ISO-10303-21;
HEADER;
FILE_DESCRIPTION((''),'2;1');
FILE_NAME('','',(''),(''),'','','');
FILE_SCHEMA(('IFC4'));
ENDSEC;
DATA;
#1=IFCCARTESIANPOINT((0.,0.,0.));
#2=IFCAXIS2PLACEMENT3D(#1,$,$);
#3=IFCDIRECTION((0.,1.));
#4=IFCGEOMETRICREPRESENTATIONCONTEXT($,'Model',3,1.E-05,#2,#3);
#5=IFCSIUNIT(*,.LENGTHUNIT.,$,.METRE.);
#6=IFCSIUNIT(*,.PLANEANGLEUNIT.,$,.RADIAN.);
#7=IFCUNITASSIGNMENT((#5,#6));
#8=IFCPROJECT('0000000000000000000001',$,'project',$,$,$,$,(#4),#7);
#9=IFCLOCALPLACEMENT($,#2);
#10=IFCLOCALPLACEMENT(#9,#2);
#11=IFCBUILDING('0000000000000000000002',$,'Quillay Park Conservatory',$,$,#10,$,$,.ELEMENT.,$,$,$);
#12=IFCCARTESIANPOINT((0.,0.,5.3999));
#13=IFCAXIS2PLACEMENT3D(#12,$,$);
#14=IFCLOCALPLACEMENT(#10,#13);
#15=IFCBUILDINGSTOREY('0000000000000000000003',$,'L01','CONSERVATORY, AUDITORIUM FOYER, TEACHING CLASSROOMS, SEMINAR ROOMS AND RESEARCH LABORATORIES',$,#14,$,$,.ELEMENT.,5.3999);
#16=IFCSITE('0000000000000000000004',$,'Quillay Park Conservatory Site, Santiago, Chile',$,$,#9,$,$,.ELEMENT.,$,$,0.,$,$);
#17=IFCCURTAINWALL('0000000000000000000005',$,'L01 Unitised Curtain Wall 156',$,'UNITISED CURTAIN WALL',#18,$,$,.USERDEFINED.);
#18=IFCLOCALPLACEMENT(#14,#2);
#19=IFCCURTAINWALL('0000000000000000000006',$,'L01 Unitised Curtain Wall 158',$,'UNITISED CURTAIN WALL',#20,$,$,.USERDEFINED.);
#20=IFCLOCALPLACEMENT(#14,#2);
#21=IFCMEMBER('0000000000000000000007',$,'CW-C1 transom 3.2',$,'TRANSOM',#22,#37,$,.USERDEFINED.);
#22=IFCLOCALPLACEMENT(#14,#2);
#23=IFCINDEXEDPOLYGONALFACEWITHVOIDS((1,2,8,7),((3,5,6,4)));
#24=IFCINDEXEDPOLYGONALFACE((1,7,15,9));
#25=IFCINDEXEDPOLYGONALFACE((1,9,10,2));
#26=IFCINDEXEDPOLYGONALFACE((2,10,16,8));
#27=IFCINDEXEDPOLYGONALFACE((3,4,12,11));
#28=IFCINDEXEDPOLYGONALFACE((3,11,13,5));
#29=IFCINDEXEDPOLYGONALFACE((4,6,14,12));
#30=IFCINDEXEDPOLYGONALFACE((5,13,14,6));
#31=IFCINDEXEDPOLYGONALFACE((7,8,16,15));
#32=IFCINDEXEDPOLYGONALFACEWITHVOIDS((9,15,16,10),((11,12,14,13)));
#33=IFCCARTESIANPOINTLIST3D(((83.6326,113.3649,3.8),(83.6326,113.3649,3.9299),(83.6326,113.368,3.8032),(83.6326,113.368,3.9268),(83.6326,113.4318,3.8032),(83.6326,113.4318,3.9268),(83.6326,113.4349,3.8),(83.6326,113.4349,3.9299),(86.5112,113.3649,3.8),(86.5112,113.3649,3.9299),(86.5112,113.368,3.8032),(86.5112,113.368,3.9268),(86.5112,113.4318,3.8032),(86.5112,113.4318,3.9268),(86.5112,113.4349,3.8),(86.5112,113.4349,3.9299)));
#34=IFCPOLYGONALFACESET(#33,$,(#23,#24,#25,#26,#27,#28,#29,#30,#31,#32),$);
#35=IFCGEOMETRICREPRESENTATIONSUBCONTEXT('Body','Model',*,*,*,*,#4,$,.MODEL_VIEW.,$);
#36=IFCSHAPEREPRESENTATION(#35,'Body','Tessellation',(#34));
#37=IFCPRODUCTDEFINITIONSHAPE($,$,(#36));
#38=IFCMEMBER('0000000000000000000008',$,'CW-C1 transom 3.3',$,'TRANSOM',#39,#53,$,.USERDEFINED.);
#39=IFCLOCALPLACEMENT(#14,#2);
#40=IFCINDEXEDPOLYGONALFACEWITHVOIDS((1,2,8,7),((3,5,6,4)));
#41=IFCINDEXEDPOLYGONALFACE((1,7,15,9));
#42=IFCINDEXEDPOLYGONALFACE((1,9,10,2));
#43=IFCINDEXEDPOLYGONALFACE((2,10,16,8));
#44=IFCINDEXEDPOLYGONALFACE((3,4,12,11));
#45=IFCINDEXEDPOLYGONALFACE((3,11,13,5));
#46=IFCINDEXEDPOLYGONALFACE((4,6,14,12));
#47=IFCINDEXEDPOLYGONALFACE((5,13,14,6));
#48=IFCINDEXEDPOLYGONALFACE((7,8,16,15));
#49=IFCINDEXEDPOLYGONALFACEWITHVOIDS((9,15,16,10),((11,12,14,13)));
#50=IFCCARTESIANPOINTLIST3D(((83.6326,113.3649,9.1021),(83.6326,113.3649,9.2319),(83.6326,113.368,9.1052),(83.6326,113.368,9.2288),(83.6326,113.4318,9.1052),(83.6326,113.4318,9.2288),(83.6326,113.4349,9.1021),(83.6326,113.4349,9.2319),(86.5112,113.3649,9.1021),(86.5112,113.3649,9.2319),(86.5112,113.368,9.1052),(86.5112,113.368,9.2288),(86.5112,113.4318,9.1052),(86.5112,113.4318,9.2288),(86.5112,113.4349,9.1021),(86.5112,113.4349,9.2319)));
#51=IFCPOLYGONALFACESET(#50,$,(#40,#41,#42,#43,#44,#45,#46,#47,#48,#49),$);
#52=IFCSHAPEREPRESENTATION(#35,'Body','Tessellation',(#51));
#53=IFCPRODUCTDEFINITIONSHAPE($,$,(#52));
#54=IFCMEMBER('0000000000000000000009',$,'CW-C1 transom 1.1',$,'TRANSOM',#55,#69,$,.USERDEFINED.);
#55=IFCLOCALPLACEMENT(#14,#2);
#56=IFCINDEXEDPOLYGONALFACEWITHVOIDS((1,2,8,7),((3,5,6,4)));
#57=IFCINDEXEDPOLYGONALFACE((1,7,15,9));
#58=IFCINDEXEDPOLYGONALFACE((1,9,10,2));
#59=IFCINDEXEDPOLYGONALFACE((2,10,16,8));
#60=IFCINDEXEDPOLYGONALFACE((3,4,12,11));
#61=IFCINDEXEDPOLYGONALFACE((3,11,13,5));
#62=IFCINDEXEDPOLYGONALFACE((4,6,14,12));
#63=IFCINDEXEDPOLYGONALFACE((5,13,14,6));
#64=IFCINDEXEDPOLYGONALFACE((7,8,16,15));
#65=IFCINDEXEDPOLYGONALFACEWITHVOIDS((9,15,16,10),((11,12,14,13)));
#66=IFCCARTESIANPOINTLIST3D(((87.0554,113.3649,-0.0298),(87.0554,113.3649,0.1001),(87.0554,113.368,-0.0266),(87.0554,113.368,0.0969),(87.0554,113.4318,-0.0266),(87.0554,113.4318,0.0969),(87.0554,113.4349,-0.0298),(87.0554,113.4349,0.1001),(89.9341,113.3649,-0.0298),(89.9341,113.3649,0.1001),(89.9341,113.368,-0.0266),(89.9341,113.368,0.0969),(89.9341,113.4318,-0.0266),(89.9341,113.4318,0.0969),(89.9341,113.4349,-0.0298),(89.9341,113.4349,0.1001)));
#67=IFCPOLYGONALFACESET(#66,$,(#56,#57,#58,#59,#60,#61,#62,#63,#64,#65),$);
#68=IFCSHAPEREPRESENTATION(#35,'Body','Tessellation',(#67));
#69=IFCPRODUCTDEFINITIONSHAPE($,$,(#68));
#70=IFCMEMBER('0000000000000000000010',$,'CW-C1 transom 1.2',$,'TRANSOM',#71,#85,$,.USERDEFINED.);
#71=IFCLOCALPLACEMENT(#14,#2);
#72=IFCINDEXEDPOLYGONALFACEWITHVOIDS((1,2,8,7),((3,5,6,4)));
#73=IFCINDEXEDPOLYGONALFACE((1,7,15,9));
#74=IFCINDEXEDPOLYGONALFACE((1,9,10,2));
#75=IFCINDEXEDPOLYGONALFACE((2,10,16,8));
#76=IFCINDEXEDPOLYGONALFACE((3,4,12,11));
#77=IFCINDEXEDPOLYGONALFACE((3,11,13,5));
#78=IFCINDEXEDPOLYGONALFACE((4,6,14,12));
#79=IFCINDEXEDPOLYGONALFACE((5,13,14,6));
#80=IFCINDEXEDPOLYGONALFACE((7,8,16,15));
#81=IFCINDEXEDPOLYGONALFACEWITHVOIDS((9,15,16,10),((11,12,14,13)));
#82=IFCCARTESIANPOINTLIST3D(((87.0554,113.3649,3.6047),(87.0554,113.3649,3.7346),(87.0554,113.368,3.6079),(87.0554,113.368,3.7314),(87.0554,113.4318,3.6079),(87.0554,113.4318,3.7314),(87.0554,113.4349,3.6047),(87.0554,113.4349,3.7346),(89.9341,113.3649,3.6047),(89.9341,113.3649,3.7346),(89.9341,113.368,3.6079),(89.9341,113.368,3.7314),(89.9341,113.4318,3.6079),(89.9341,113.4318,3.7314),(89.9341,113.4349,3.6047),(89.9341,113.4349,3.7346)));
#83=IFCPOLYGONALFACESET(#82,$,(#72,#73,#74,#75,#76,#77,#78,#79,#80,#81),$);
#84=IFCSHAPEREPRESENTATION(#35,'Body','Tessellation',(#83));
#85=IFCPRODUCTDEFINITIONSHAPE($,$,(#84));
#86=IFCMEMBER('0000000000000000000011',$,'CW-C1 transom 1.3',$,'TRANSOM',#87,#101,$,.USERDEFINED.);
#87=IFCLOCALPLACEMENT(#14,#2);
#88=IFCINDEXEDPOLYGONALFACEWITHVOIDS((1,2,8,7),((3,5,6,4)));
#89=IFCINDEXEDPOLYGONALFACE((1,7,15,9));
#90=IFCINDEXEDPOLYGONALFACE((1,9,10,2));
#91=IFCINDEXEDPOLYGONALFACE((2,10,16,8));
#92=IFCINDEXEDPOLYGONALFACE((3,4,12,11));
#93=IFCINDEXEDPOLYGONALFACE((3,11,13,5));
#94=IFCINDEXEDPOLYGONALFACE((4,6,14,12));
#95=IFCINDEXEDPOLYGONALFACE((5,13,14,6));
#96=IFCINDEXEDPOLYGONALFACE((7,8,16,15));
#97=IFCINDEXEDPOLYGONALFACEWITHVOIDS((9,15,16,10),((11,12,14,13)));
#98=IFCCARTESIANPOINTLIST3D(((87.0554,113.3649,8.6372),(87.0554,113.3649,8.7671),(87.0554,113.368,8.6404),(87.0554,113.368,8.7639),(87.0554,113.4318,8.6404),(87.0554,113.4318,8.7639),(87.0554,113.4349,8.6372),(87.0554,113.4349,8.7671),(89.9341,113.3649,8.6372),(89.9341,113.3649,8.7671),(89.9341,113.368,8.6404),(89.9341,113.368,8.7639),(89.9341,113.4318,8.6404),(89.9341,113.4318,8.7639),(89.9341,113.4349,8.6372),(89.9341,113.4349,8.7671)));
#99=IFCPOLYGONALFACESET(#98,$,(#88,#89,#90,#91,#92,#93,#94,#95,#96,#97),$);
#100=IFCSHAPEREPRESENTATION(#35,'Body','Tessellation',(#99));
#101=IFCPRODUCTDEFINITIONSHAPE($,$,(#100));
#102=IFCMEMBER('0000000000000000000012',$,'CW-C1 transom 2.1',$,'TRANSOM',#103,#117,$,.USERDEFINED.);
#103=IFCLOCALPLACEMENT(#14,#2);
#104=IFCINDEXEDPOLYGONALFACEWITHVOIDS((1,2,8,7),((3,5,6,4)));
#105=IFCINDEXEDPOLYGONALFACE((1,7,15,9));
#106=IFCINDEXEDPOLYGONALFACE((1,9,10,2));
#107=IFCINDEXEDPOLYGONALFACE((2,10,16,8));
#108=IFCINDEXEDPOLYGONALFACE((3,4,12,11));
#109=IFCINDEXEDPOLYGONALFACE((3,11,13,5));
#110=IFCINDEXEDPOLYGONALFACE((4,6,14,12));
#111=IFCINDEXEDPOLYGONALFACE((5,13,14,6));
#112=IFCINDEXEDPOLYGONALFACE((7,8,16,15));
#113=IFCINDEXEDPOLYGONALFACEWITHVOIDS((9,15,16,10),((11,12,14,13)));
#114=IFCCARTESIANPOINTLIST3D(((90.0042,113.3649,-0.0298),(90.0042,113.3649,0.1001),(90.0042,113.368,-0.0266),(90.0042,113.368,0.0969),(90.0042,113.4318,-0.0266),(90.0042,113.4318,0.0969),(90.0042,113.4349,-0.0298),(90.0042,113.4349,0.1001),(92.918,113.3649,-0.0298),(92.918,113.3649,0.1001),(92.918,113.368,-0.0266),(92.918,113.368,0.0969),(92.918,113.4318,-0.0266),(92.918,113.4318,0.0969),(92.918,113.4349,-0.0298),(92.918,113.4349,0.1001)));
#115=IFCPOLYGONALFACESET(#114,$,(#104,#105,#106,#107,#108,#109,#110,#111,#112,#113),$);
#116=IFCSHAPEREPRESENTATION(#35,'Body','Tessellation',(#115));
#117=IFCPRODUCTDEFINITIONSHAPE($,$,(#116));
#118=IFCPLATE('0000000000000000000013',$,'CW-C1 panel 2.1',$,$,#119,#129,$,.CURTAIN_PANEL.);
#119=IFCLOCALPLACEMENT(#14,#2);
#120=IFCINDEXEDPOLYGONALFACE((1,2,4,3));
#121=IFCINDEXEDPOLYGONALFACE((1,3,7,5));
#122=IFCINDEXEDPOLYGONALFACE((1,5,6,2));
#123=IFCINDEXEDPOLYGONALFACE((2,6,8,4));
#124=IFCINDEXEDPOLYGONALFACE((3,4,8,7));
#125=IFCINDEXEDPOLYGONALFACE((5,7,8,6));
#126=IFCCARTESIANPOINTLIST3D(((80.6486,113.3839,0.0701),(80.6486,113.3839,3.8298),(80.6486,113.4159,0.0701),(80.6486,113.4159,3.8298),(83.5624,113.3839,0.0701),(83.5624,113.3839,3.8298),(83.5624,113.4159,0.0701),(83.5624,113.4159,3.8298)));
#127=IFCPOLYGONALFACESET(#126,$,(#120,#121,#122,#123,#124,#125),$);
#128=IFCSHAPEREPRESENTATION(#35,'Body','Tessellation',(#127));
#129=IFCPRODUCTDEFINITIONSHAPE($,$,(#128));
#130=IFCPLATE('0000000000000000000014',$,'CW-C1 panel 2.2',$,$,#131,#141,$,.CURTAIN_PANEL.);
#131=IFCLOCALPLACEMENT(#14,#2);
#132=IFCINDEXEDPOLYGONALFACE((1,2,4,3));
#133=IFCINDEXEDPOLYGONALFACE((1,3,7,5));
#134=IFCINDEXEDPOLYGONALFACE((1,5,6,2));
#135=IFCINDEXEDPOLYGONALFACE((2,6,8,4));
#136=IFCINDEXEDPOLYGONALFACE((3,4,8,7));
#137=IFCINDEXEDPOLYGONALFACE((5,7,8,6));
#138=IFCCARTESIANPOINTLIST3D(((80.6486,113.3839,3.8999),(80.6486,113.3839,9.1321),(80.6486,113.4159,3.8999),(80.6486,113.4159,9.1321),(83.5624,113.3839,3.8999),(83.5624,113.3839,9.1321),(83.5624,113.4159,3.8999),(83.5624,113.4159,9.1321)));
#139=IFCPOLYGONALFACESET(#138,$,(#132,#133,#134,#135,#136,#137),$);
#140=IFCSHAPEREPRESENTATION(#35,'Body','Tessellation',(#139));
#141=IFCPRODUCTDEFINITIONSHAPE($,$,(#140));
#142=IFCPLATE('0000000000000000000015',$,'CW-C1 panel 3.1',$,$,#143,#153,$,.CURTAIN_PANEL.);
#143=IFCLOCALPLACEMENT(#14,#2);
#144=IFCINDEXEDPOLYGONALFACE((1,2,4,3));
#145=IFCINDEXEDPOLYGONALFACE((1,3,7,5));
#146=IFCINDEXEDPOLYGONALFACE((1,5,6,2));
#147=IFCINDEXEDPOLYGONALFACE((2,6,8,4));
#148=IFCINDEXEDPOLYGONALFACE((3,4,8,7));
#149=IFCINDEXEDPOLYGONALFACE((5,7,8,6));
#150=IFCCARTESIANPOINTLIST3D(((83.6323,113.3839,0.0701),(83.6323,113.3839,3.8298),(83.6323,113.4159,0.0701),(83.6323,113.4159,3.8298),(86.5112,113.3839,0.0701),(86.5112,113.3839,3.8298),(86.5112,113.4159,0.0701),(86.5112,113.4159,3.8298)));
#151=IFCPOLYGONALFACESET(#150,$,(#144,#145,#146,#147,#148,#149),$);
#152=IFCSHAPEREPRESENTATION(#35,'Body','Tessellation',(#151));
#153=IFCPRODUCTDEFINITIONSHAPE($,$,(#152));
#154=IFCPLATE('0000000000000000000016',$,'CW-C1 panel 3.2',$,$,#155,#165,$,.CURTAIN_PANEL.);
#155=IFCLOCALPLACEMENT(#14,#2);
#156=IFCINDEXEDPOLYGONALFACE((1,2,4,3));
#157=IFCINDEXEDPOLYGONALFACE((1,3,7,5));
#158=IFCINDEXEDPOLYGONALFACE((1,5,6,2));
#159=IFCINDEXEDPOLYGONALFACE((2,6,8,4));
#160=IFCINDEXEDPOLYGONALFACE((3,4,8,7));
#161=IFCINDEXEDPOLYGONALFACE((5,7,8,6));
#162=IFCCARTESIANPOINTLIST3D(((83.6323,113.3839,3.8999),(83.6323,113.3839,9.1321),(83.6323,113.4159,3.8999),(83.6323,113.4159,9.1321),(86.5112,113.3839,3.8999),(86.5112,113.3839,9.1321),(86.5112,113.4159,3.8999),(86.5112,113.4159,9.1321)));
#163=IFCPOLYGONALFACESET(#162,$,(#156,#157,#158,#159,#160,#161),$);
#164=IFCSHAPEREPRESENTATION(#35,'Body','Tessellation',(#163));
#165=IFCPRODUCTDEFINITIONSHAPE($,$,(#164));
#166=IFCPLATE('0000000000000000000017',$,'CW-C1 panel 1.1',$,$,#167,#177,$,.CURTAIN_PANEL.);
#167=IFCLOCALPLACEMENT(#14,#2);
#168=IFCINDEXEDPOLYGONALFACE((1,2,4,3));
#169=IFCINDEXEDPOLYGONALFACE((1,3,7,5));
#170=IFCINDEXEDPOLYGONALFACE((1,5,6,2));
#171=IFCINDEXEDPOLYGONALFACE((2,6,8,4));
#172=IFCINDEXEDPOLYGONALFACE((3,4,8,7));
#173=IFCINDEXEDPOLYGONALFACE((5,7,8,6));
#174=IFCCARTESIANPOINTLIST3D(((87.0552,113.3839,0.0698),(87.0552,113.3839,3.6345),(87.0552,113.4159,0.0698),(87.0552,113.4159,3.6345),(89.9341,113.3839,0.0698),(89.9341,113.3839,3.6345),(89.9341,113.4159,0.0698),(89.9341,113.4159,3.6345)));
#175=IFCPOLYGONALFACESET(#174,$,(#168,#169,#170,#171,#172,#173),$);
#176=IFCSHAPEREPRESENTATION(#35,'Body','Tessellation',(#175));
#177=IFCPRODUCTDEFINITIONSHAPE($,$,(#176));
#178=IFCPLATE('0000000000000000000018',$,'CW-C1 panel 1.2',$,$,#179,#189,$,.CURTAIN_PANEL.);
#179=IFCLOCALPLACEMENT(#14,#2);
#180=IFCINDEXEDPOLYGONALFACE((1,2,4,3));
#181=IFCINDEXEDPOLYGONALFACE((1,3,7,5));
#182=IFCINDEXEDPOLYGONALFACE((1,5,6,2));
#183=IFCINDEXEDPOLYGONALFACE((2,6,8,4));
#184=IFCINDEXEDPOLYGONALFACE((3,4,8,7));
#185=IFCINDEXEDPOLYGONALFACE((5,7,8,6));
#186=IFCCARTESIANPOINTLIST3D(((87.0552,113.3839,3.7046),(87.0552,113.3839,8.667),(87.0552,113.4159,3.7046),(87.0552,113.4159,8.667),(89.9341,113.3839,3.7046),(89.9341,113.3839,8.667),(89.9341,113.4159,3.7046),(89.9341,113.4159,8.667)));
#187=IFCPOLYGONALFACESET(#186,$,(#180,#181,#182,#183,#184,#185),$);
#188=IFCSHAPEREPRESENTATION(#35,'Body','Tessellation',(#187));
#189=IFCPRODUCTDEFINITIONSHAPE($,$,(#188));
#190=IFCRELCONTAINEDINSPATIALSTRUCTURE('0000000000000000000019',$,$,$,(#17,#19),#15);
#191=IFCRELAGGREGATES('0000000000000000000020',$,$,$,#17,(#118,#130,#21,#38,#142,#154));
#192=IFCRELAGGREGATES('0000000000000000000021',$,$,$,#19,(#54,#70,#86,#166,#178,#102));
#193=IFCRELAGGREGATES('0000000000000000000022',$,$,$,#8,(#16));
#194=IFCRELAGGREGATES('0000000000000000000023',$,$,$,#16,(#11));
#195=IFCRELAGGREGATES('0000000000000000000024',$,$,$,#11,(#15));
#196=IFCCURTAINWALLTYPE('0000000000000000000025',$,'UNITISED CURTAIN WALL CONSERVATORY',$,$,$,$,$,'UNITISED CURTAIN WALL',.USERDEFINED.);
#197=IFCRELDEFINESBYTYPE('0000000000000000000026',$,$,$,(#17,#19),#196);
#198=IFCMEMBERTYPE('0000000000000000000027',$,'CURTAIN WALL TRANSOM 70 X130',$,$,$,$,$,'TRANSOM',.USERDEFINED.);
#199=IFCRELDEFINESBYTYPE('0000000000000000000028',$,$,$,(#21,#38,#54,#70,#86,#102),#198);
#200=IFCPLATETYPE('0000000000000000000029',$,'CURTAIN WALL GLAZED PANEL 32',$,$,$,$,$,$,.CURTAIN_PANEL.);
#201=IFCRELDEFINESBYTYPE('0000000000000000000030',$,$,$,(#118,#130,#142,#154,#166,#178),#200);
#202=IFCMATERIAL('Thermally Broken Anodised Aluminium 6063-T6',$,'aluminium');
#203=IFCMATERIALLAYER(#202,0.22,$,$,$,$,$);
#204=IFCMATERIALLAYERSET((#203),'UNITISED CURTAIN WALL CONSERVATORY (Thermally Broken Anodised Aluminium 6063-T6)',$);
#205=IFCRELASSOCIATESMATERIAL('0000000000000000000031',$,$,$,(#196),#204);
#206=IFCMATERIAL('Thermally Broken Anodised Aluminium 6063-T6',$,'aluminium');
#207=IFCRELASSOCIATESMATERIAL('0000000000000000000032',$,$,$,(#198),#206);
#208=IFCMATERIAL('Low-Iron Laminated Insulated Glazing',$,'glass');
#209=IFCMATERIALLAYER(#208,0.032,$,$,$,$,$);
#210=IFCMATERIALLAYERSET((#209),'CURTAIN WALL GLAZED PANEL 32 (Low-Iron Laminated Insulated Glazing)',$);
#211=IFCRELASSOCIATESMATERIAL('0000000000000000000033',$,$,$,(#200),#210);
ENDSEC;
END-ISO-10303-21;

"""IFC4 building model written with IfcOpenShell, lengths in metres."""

from ifc_helpers import new_model, si_unit, direction, frame, origin, origin_2d, place, context, subcontext, project, spatial, rectangle, hollow_rectangle, extrude, material, layer, layer_set, material_profile, profile_set, type_object, element, aggregate, save


model = new_model("IFC4")

# Units and contexts
model_context = context("Model", 3, precision=1e-05, world=origin(), true_north=direction((0.0, 1.0)))
body_context = subcontext(model_context, "Body", "Model", "MODEL_VIEW")
ifc_project = project(units=[si_unit("LENGTHUNIT", "METRE"), si_unit("PLANEANGLEUNIT", "RADIAN")], contexts=[model_context])

# Site, building, storey
site_placement = place(None, origin())
site = spatial("IfcSite", under=ifc_project, at=site_placement, Name="Quillay Park Conservatory Site, Santiago, Chile", CompositionType="ELEMENT", RefElevation=0.0)
building_placement = place(site_placement, origin())
building = spatial("IfcBuilding", under=site, at=building_placement, Name="Quillay Park Conservatory", CompositionType="ELEMENT")
storey_placement = place(building_placement, frame((0.0, 0.0, 5.3999)))
storey = spatial("IfcBuildingStorey", under=building, at=storey_placement, Name="L01", Description="CONSERVATORY, AUDITORIUM FOYER, TEACHING CLASSROOMS, SEMINAR ROOMS AND RESEARCH LABORATORIES", CompositionType="ELEMENT", Elevation=5.3999)

# Curtain walls
ifc_material_1 = material(Name="Thermally Broken Anodised Aluminium 6063-T6", Category="aluminium")
ifc_layer_1 = layer(ifc_material_1, 0.22)
ifc_layer_set_1 = layer_set([ifc_layer_1], Name="UNITISED CURTAIN WALL CONSERVATORY (Thermally Broken Anodised Aluminium 6063-T6)")
curtain_wall_type = type_object("IfcCurtainWallType", Name="UNITISED CURTAIN WALL CONSERVATORY", ElementType="UNITISED CURTAIN WALL", PredefinedType="USERDEFINED", material=ifc_layer_set_1)
curtain_wall_1_placement = place(storey_placement, origin())
curtain_wall_1 = element("IfcCurtainWall", 1, at=curtain_wall_1_placement, inside=storey, type_object=curtain_wall_type, Name="L01 Unitised Curtain Wall 156", ObjectType="UNITISED CURTAIN WALL", PredefinedType="USERDEFINED")
curtain_wall_2_placement = place(storey_placement, origin())
curtain_wall_2 = element("IfcCurtainWall", 2, at=curtain_wall_2_placement, inside=storey, type_object=curtain_wall_type, Name="L01 Unitised Curtain Wall 158", ObjectType="UNITISED CURTAIN WALL", PredefinedType="USERDEFINED")

# Members
ifc_material_2 = material(Name="Thermally Broken Anodised Aluminium 6063-T6", Category="aluminium")
ifc_material_profile_1 = material_profile(ifc_material_2, hollow_rectangle(XDim=0.0701, YDim=0.1299, WallThickness=0.0032, at=origin_2d()), Name="AL70x130x3.2")
ifc_profile_set_1 = profile_set([ifc_material_profile_1], Name="Thermally Broken Anodised Aluminium 6063-T6")
member_type_1 = type_object("IfcMemberType", Name="CURTAIN WALL TRANSOM 70 X130", ElementType="TRANSOM", PredefinedType="USERDEFINED", material=ifc_profile_set_1)
member_1_placement = place(storey_placement, frame((83.6326, 113.3999, 3.865), z_axis=(1.0, 0.0, 0.0), x_axis=(0.0, 1.0, 0.0)))
member_1 = element("IfcMember", 3, at=member_1_placement, type_object=member_type_1, Name="CW-C1 transom 3.2", ObjectType="TRANSOM", PredefinedType="USERDEFINED", context=body_context, shape_type="SweptSolid", body=[
    extrude(hollow_rectangle(XDim=0.0701, YDim=0.1299, WallThickness=0.0032, at=origin_2d()), origin(), (0.0, 0.0, 1.0), 2.8787),
])
member_2_placement = place(storey_placement, frame((83.6326, 113.3999, 9.167), z_axis=(1.0, 0.0, 0.0), x_axis=(0.0, 1.0, 0.0)))
member_2 = element("IfcMember", 4, at=member_2_placement, type_object=member_type_1, Name="CW-C1 transom 3.3", ObjectType="TRANSOM", PredefinedType="USERDEFINED", context=body_context, shape_type="SweptSolid", body=[
    extrude(hollow_rectangle(XDim=0.0701, YDim=0.1299, WallThickness=0.0032, at=origin_2d()), origin(), (0.0, 0.0, 1.0), 2.8787),
])
member_3_placement = place(storey_placement, frame((87.0554, 113.3999, 0.0352), z_axis=(1.0, 0.0, 0.0), x_axis=(0.0, 1.0, 0.0)))
member_3 = element("IfcMember", 5, at=member_3_placement, type_object=member_type_1, Name="CW-C1 transom 1.1", ObjectType="TRANSOM", PredefinedType="USERDEFINED", context=body_context, shape_type="SweptSolid", body=[
    extrude(hollow_rectangle(XDim=0.0701, YDim=0.1299, WallThickness=0.0032, at=origin_2d()), origin(), (0.0, 0.0, 1.0), 2.8787),
])
member_4_placement = place(storey_placement, frame((87.0554, 113.3999, 3.6697), z_axis=(1.0, 0.0, 0.0), x_axis=(0.0, 1.0, 0.0)))
member_4 = element("IfcMember", 6, at=member_4_placement, type_object=member_type_1, Name="CW-C1 transom 1.2", ObjectType="TRANSOM", PredefinedType="USERDEFINED", context=body_context, shape_type="SweptSolid", body=[
    extrude(hollow_rectangle(XDim=0.0701, YDim=0.1299, WallThickness=0.0032, at=origin_2d()), origin(), (0.0, 0.0, 1.0), 2.8787),
])
member_5_placement = place(storey_placement, frame((87.0554, 113.3999, 8.7021), z_axis=(1.0, 0.0, 0.0), x_axis=(0.0, 1.0, 0.0)))
member_5 = element("IfcMember", 7, at=member_5_placement, type_object=member_type_1, Name="CW-C1 transom 1.3", ObjectType="TRANSOM", PredefinedType="USERDEFINED", context=body_context, shape_type="SweptSolid", body=[
    extrude(hollow_rectangle(XDim=0.0701, YDim=0.1299, WallThickness=0.0032, at=origin_2d()), origin(), (0.0, 0.0, 1.0), 2.8787),
])
member_6_placement = place(storey_placement, frame((90.0042, 113.3999, 0.0352), z_axis=(1.0, 0.0, 0.0), x_axis=(0.0, 1.0, 0.0)))
member_6 = element("IfcMember", 8, at=member_6_placement, type_object=member_type_1, Name="CW-C1 transom 2.1", ObjectType="TRANSOM", PredefinedType="USERDEFINED", context=body_context, shape_type="SweptSolid", body=[
    extrude(hollow_rectangle(XDim=0.0701, YDim=0.1299, WallThickness=0.0032, at=origin_2d()), origin(), (0.0, 0.0, 1.0), 2.9138),
])

# Plates
ifc_material_3 = material(Name="Low-Iron Laminated Insulated Glazing", Category="glass")
ifc_layer_2 = layer(ifc_material_3, 0.032)
ifc_layer_set_2 = layer_set([ifc_layer_2], Name="CURTAIN WALL GLAZED PANEL 32 (Low-Iron Laminated Insulated Glazing)")
plate_type_1 = type_object("IfcPlateType", Name="CURTAIN WALL GLAZED PANEL 32", PredefinedType="CURTAIN_PANEL", material=ifc_layer_set_2)
plate_1_placement = place(storey_placement, frame((82.1055, 113.3999, 0.0701), z_axis=(0.0, 0.0, 1.0), x_axis=(1.0, 0.0, 0.0)))
plate_1 = element("IfcPlate", 9, at=plate_1_placement, type_object=plate_type_1, Name="CW-C1 panel 2.1", PredefinedType="CURTAIN_PANEL", context=body_context, shape_type="SweptSolid", body=[
    extrude(rectangle(XDim=2.9138, YDim=0.032, at=origin_2d()), origin(), (0.0, 0.0, 1.0), 3.7598),
])
plate_2_placement = place(storey_placement, frame((82.1055, 113.3999, 3.8999), z_axis=(0.0, 0.0, 1.0), x_axis=(1.0, 0.0, 0.0)))
plate_2 = element("IfcPlate", 10, at=plate_2_placement, type_object=plate_type_1, Name="CW-C1 panel 2.2", PredefinedType="CURTAIN_PANEL", context=body_context, shape_type="SweptSolid", body=[
    extrude(rectangle(XDim=2.9138, YDim=0.032, at=origin_2d()), origin(), (0.0, 0.0, 1.0), 5.2322),
])
plate_3_placement = place(storey_placement, frame((85.0718, 113.3999, 0.0701), z_axis=(0.0, 0.0, 1.0), x_axis=(1.0, 0.0, 0.0)))
plate_3 = element("IfcPlate", 11, at=plate_3_placement, type_object=plate_type_1, Name="CW-C1 panel 3.1", PredefinedType="CURTAIN_PANEL", context=body_context, shape_type="SweptSolid", body=[
    extrude(rectangle(XDim=2.8789, YDim=0.032, at=origin_2d()), origin(), (0.0, 0.0, 1.0), 3.7598),
])
plate_4_placement = place(storey_placement, frame((85.0718, 113.3999, 3.8999), z_axis=(0.0, 0.0, 1.0), x_axis=(1.0, 0.0, 0.0)))
plate_4 = element("IfcPlate", 12, at=plate_4_placement, type_object=plate_type_1, Name="CW-C1 panel 3.2", PredefinedType="CURTAIN_PANEL", context=body_context, shape_type="SweptSolid", body=[
    extrude(rectangle(XDim=2.8789, YDim=0.032, at=origin_2d()), origin(), (0.0, 0.0, 1.0), 5.2322),
])
aggregate(curtain_wall_1, [plate_1, plate_2, member_1, member_2, plate_3, plate_4])
plate_5_placement = place(storey_placement, frame((88.4946, 113.3999, 0.0698), z_axis=(0.0, 0.0, 1.0), x_axis=(1.0, 0.0, 0.0)))
plate_5 = element("IfcPlate", 13, at=plate_5_placement, type_object=plate_type_1, Name="CW-C1 panel 1.1", PredefinedType="CURTAIN_PANEL", context=body_context, shape_type="SweptSolid", body=[
    extrude(rectangle(XDim=2.8789, YDim=0.032, at=origin_2d()), origin(), (0.0, 0.0, 1.0), 3.5647),
])
plate_6_placement = place(storey_placement, frame((88.4946, 113.3999, 3.7046), z_axis=(0.0, 0.0, 1.0), x_axis=(1.0, 0.0, 0.0)))
plate_6 = element("IfcPlate", 14, at=plate_6_placement, type_object=plate_type_1, Name="CW-C1 panel 1.2", PredefinedType="CURTAIN_PANEL", context=body_context, shape_type="SweptSolid", body=[
    extrude(rectangle(XDim=2.8789, YDim=0.032, at=origin_2d()), origin(), (0.0, 0.0, 1.0), 4.9624),
])
aggregate(curtain_wall_2, [member_3, member_4, member_5, plate_5, plate_6, member_6])

save(model, "model.ifc")
